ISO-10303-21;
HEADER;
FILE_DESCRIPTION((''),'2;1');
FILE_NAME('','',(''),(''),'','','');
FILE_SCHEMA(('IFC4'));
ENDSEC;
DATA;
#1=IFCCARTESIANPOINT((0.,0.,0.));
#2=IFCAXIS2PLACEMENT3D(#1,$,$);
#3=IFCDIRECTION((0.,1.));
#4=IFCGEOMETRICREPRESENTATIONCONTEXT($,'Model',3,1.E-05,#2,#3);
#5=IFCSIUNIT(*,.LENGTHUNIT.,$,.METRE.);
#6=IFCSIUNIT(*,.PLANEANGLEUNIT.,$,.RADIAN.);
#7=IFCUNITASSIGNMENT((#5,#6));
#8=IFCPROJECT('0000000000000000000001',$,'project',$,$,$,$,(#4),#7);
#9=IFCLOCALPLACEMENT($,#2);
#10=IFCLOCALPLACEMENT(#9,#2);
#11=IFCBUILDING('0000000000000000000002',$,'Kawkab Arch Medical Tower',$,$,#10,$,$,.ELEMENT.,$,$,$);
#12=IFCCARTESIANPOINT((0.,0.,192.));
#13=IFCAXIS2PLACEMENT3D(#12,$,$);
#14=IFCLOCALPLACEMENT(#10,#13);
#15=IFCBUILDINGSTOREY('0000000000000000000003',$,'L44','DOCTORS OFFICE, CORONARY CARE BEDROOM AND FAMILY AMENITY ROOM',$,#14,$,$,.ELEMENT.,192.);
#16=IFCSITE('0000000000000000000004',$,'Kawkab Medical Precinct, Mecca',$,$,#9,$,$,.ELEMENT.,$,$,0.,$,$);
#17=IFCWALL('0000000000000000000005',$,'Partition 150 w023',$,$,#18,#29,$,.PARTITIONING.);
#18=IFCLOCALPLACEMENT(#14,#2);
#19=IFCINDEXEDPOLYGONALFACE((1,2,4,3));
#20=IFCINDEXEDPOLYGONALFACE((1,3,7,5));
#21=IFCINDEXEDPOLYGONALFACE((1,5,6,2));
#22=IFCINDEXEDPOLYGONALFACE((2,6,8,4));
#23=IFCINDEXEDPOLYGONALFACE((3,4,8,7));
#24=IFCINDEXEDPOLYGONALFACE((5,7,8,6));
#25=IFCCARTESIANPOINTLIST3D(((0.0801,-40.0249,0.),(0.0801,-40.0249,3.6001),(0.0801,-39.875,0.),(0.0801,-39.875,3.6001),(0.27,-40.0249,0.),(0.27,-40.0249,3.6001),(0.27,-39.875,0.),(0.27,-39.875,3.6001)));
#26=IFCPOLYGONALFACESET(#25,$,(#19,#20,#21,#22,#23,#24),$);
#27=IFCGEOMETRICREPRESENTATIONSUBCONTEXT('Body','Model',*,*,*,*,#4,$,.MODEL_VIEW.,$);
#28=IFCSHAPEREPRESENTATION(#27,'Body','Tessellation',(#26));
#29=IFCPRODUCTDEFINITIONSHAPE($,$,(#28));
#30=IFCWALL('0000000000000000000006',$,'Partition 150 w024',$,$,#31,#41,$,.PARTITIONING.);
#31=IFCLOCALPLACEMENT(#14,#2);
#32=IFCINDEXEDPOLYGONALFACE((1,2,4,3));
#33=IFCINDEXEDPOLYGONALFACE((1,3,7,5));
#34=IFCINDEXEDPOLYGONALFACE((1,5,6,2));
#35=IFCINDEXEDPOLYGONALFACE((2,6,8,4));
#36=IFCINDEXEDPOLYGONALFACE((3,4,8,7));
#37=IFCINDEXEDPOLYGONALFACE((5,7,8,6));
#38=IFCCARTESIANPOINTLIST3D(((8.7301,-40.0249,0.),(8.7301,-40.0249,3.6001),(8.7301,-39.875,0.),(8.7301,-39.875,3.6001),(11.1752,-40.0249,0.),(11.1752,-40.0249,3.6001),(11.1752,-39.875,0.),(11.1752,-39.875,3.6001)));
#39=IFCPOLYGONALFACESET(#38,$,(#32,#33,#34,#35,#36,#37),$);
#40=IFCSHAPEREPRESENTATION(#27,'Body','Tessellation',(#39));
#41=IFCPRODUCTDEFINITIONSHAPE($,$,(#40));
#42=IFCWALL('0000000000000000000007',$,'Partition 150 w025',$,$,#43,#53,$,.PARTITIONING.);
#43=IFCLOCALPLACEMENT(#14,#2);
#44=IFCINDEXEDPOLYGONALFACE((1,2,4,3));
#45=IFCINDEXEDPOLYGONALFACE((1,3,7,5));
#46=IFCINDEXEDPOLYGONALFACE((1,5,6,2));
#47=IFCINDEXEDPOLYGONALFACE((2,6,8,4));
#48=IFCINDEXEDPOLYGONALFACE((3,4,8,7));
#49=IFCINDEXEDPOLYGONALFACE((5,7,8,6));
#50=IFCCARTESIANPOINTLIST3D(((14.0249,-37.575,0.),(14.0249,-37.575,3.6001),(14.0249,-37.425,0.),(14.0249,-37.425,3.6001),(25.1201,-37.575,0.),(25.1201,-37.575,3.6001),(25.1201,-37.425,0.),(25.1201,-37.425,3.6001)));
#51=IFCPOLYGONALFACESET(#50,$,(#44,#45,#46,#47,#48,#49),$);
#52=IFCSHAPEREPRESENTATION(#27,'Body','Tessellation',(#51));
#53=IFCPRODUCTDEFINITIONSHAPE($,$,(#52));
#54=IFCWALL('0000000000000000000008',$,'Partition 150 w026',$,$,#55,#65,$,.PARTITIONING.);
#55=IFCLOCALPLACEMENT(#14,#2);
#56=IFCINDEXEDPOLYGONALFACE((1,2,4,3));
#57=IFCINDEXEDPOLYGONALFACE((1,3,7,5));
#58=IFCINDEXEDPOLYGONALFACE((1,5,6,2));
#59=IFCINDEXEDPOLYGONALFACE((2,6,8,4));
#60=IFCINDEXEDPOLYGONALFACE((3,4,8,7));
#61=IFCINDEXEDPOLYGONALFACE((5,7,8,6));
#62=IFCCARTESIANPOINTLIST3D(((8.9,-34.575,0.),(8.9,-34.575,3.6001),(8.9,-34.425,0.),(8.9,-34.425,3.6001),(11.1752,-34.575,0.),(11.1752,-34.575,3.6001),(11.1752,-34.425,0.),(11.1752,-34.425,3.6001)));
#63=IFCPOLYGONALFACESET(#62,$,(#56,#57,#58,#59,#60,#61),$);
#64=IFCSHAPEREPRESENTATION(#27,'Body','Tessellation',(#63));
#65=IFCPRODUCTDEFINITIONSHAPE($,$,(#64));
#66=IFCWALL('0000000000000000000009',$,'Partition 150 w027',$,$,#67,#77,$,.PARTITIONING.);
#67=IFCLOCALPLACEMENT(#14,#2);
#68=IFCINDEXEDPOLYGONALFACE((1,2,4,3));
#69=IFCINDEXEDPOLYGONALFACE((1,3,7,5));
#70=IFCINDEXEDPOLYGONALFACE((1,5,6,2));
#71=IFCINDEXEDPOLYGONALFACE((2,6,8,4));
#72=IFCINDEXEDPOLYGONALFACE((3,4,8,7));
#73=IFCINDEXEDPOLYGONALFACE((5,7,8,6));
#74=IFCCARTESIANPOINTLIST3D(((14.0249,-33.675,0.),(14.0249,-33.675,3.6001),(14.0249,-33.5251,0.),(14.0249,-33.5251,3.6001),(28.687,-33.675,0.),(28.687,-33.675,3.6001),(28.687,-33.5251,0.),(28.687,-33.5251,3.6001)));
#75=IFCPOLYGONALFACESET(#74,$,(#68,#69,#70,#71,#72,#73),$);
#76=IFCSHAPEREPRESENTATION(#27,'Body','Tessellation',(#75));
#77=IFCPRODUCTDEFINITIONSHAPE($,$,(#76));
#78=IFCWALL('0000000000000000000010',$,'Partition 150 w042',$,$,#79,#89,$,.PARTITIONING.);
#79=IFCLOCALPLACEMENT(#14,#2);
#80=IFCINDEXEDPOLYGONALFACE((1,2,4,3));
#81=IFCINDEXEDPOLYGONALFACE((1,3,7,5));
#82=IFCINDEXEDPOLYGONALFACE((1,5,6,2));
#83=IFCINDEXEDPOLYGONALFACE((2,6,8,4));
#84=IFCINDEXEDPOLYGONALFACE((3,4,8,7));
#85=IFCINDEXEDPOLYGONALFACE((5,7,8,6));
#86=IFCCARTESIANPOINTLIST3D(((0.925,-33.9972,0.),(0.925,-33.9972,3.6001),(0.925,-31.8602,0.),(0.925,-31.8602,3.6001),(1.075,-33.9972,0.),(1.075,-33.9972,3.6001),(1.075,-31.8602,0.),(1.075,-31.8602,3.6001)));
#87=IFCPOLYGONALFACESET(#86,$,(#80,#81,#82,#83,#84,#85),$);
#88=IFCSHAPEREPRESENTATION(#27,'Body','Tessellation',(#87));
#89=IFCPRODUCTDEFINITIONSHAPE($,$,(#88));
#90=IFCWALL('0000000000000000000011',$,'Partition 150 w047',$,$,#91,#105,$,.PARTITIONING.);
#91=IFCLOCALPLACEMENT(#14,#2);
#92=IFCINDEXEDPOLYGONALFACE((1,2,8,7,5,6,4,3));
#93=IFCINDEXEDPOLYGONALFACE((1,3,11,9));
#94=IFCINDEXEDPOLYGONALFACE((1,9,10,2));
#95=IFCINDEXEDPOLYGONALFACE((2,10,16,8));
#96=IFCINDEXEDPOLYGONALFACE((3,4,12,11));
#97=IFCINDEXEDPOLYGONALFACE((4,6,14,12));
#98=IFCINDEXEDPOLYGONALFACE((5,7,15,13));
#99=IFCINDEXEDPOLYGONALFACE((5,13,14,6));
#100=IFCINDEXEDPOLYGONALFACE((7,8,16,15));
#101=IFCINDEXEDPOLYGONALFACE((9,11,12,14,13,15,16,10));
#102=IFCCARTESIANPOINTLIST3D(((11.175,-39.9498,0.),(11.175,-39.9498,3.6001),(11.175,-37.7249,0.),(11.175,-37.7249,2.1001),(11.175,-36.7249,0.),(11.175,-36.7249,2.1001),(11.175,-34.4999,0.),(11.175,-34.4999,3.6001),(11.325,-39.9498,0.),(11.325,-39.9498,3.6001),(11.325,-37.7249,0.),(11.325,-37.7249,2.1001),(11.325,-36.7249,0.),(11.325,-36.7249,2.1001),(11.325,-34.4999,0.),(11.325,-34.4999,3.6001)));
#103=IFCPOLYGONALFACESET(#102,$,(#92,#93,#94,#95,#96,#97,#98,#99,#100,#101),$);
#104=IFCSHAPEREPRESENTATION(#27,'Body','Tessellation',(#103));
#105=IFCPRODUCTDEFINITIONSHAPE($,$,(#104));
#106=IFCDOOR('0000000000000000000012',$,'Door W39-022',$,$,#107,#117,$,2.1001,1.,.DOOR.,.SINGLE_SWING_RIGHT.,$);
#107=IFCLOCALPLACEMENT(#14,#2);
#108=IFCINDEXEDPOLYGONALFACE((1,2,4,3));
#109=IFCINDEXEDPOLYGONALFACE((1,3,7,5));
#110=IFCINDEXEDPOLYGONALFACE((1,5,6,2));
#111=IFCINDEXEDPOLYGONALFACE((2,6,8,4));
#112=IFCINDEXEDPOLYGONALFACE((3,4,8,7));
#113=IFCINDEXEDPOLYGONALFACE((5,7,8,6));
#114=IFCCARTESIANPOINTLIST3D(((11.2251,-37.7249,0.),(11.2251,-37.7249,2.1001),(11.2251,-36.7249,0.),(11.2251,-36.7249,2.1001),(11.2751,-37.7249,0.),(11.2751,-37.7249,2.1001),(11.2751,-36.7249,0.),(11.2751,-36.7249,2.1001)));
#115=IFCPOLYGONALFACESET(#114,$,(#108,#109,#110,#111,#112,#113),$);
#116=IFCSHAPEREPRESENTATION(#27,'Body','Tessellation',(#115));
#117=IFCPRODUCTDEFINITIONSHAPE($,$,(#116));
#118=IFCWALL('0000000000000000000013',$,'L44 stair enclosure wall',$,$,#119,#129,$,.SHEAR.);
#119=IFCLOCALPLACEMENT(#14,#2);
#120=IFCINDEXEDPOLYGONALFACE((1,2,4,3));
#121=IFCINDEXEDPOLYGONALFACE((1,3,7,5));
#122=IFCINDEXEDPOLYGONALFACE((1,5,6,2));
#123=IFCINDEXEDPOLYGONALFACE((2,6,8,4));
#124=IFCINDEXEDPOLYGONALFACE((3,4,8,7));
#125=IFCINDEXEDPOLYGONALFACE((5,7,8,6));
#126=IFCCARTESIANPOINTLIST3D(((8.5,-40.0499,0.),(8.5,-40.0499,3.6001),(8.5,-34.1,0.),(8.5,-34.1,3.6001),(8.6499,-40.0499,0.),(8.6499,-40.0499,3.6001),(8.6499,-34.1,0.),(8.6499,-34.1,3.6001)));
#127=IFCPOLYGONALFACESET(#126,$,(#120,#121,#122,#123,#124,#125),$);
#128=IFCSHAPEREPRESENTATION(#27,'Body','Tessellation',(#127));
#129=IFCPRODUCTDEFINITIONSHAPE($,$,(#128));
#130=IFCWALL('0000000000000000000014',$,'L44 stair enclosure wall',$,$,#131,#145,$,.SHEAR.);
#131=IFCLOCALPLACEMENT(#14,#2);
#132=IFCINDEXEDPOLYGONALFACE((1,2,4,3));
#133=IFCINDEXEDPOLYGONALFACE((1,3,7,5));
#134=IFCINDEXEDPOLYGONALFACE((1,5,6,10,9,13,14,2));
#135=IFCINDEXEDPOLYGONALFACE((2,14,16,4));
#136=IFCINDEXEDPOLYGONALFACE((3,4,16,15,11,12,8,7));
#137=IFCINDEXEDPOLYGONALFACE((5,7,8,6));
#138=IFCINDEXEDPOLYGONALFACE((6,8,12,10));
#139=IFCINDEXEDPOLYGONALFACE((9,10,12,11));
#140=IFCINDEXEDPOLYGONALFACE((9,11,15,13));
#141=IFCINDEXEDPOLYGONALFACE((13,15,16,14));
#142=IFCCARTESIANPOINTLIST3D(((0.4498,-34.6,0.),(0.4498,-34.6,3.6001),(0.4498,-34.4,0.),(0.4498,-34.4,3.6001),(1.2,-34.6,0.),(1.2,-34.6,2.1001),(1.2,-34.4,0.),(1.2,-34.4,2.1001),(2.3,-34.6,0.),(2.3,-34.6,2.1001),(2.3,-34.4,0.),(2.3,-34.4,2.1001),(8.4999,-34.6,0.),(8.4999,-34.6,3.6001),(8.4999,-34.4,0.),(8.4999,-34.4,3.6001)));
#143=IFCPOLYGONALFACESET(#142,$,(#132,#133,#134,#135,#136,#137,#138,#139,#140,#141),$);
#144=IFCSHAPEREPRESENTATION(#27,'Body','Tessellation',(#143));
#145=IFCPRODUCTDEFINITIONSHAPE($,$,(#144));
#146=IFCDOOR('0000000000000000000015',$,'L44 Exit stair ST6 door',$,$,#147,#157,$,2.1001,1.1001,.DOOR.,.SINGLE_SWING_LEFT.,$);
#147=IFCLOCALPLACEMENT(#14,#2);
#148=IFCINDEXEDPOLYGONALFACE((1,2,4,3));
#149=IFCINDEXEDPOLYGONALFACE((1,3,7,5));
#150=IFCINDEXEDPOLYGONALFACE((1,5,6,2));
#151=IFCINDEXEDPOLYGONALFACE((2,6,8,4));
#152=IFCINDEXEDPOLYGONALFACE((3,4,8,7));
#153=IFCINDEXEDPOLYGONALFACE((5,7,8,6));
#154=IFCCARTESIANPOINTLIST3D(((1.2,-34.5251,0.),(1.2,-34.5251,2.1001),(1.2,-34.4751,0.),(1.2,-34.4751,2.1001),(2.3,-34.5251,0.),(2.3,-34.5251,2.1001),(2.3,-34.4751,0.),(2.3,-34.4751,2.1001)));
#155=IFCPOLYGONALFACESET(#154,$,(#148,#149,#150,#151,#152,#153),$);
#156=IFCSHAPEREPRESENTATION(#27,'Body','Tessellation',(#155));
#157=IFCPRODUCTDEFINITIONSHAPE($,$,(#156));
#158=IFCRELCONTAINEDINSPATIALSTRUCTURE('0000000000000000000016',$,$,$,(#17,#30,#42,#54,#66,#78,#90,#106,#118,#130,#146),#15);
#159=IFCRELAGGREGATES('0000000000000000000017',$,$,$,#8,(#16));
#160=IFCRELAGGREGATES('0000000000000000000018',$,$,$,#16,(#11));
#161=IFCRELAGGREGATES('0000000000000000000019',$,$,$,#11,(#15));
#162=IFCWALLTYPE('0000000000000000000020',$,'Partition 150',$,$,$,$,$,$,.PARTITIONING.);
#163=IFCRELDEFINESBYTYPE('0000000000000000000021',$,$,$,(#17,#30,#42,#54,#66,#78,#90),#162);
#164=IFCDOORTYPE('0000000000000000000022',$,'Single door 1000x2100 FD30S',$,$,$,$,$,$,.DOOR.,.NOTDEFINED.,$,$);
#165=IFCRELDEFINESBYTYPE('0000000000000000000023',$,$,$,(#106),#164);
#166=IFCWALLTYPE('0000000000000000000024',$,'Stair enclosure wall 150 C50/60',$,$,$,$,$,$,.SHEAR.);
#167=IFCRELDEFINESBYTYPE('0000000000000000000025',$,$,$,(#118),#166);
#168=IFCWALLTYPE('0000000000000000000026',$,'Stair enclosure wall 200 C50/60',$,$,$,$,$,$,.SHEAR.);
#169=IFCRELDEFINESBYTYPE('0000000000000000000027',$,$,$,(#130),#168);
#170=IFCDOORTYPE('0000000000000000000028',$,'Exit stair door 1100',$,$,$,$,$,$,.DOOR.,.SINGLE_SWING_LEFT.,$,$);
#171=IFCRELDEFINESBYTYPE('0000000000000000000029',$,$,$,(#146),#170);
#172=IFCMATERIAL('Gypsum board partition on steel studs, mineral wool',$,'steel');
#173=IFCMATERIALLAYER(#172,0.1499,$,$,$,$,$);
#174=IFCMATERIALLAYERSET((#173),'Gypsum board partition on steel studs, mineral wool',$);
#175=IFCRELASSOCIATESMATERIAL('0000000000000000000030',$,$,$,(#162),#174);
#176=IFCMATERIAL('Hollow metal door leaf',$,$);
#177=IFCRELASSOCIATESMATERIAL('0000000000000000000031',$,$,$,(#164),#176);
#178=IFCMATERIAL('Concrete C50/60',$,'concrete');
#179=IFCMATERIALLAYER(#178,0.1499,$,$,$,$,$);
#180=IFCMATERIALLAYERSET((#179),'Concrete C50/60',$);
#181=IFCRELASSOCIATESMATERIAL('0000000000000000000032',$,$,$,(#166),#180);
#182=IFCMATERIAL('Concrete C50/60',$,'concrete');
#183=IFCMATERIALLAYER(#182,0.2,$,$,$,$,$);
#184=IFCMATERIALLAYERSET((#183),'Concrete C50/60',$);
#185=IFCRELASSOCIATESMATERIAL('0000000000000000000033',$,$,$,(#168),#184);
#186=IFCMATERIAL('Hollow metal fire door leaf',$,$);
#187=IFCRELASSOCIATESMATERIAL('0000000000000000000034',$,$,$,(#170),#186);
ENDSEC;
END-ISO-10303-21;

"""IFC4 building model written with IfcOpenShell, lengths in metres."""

from ifc_helpers import new_model, si_unit, direction, frame, frame_2d, origin, place, context, subcontext, project, spatial, rectangle, extrude, material, layer, layer_set, type_object, element, fill, save


model = new_model("IFC4")

# Units and contexts
model_context = context("Model", 3, precision=1e-05, world=origin(), true_north=direction((0.0, 1.0)))
body_context = subcontext(model_context, "Body", "Model", "MODEL_VIEW")
ifc_project = project(units=[si_unit("LENGTHUNIT", "METRE"), si_unit("PLANEANGLEUNIT", "RADIAN")], contexts=[model_context])

# Site, building, storey
site_placement = place(None, origin())
site = spatial("IfcSite", under=ifc_project, at=site_placement, Name="Kawkab Medical Precinct, Mecca", CompositionType="ELEMENT", RefElevation=0.0)
building_placement = place(site_placement, origin())
building = spatial("IfcBuilding", under=site, at=building_placement, Name="Kawkab Arch Medical Tower", CompositionType="ELEMENT")
storey_placement = place(building_placement, frame((0.0, 0.0, 192.0)))
storey = spatial("IfcBuildingStorey", under=building, at=storey_placement, Name="L44", Description="DOCTORS OFFICE, CORONARY CARE BEDROOM AND FAMILY AMENITY ROOM", CompositionType="ELEMENT", Elevation=192.0)

# Walls
ifc_material_1 = material(Name="Gypsum board partition on steel studs, mineral wool", Category="steel")
ifc_layer_1 = layer(ifc_material_1, 0.1499)
ifc_layer_set_1 = layer_set([ifc_layer_1], Name="Gypsum board partition on steel studs, mineral wool")
wall_type_1 = type_object("IfcWallType", Name="Partition 150", PredefinedType="PARTITIONING", material=ifc_layer_set_1)
wall_1_placement = place(storey_placement, frame((0.0801, -39.95, 0.0), z_axis=(0.0, 0.0, 1.0), x_axis=(1.0, 0.0, 0.0)))
element("IfcWall", 1, at=wall_1_placement, inside=storey, type_object=wall_type_1, Name="Partition 150 w023", PredefinedType="PARTITIONING", context=body_context, shape_type="SweptSolid", body=[
    extrude(rectangle(XDim=0.1899, YDim=0.1499, at=frame_2d((0.095, 0.0))), origin(), (0.0, 0.0, 1.0), 3.6001),
])
wall_2_placement = place(storey_placement, frame((8.73, -39.95, 0.0), z_axis=(0.0, 0.0, 1.0), x_axis=(1.0, 0.0, 0.0)))
element("IfcWall", 2, at=wall_2_placement, inside=storey, type_object=wall_type_1, Name="Partition 150 w024", PredefinedType="PARTITIONING", context=body_context, shape_type="SweptSolid", body=[
    extrude(rectangle(XDim=2.4451, YDim=0.1499, at=frame_2d((1.2227, 0.0))), origin(), (0.0, 0.0, 1.0), 3.6001),
])
wall_3_placement = place(storey_placement, frame((14.0249, -37.5, 0.0), z_axis=(0.0, 0.0, 1.0), x_axis=(1.0, 0.0, 0.0)))
element("IfcWall", 3, at=wall_3_placement, inside=storey, type_object=wall_type_1, Name="Partition 150 w025", PredefinedType="PARTITIONING", context=body_context, shape_type="SweptSolid", body=[
    extrude(rectangle(XDim=11.0952, YDim=0.1499, at=frame_2d((5.5476, 0.0))), origin(), (0.0, 0.0, 1.0), 3.6001),
])
wall_4_placement = place(storey_placement, frame((8.8999, -34.5, 0.0), z_axis=(0.0, 0.0, 1.0), x_axis=(1.0, 0.0, 0.0)))
element("IfcWall", 4, at=wall_4_placement, inside=storey, type_object=wall_type_1, Name="Partition 150 w026", PredefinedType="PARTITIONING", context=body_context, shape_type="SweptSolid", body=[
    extrude(rectangle(XDim=2.2751, YDim=0.1499, at=frame_2d((1.1377, 0.0))), origin(), (0.0, 0.0, 1.0), 3.6001),
])
wall_5_placement = place(storey_placement, frame((14.0249, -33.6001, 0.0), z_axis=(0.0, 0.0, 1.0), x_axis=(1.0, 0.0, 0.0)))
element("IfcWall", 5, at=wall_5_placement, inside=storey, type_object=wall_type_1, Name="Partition 150 w027", PredefinedType="PARTITIONING", context=body_context, shape_type="SweptSolid", body=[
    extrude(rectangle(XDim=14.6621, YDim=0.1499, at=frame_2d((7.3311, 0.0))), origin(), (0.0, 0.0, 1.0), 3.6001),
])
wall_6_placement = place(storey_placement, frame((1.0, -33.9971, 0.0), z_axis=(0.0, 0.0, 1.0), x_axis=(0.0, 1.0, 0.0)))
element("IfcWall", 6, at=wall_6_placement, inside=storey, type_object=wall_type_1, Name="Partition 150 w042", PredefinedType="PARTITIONING", context=body_context, shape_type="SweptSolid", body=[
    extrude(rectangle(XDim=2.137, YDim=0.1499, at=frame_2d((1.0684, 0.0))), origin(), (0.0, 0.0, 1.0), 3.6001),
])

# Wall, opening, door
wall_7_placement = place(storey_placement, frame((11.25, -39.95, 0.0), z_axis=(0.0, 0.0, 1.0), x_axis=(0.0, 1.0, 0.0)))
wall_7 = element("IfcWall", 7, at=wall_7_placement, inside=storey, type_object=wall_type_1, Name="Partition 150 w047", PredefinedType="PARTITIONING", context=body_context, shape_type="SweptSolid", body=[
    extrude(rectangle(XDim=5.45, YDim=0.1499, at=frame_2d((2.7251, 0.0))), origin(), (0.0, 0.0, 1.0), 3.6001),
])
opening_1_placement = place(wall_7_placement, frame((2.2251, 0.0, 0.0)))
opening_1 = element("IfcOpeningElement", 8, at=opening_1_placement, cuts=wall_7, PredefinedType="OPENING", context=body_context, shape_type="SweptSolid", body=[
    extrude(rectangle(XDim=1.0, YDim=2.1001, at=frame_2d((0.5, 1.05))), frame((0.0, 0.085, 0.0), z_axis=(0.0, -1.0, 0.0), x_axis=(1.0, 0.0, 0.0)), (0.0, 0.0, 1.0), 0.1699),
])
ifc_material_2 = material(Name="Hollow metal door leaf")
door_type_1 = type_object("IfcDoorType", Name="Single door 1000x2100 FD30S", OperationType="NOTDEFINED", PredefinedType="DOOR", material=ifc_material_2)
door_1_placement = place(opening_1_placement, origin())
door_1 = element("IfcDoor", 9, at=door_1_placement, inside=storey, type_object=door_type_1, Name="Door W39-022", OperationType="SINGLE_SWING_RIGHT", OverallHeight=2.1001, OverallWidth=1.0, PredefinedType="DOOR", context=body_context, shape_type="SweptSolid", body=[
    extrude(rectangle(XDim=1.0, YDim=2.1001, at=frame_2d((0.5, 1.05))), frame((0.0, 0.0249, 0.0), z_axis=(0.0, -1.0, 0.0), x_axis=(1.0, 0.0, 0.0)), (0.0, 0.0, 1.0), 0.05),
])
fill(opening_1, door_1)

# Wall
ifc_material_3 = material(Name="Concrete C50/60", Category="concrete")
ifc_layer_2 = layer(ifc_material_3, 0.1499)
ifc_layer_set_2 = layer_set([ifc_layer_2], Name="Concrete C50/60")
wall_type_2 = type_object("IfcWallType", Name="Stair enclosure wall 150 C50/60", PredefinedType="SHEAR", material=ifc_layer_set_2)
wall_8_placement = place(storey_placement, frame((8.575, -40.05, 0.0), z_axis=(0.0, 0.0, 1.0), x_axis=(0.0, 1.0, 0.0)))
element("IfcWall", 10, at=wall_8_placement, inside=storey, type_object=wall_type_2, Name="L44 stair enclosure wall", PredefinedType="SHEAR", context=body_context, shape_type="SweptSolid", body=[
    extrude(rectangle(XDim=5.95, YDim=0.1499, at=frame_2d((2.9751, 0.0))), origin(), (0.0, 0.0, 1.0), 3.6001),
])

# Wall, opening, door
ifc_material_4 = material(Name="Concrete C50/60", Category="concrete")
ifc_layer_3 = layer(ifc_material_4, 0.2)
ifc_layer_set_3 = layer_set([ifc_layer_3], Name="Concrete C50/60")
wall_type_3 = type_object("IfcWallType", Name="Stair enclosure wall 200 C50/60", PredefinedType="SHEAR", material=ifc_layer_set_3)
wall_9_placement = place(storey_placement, frame((0.45, -34.5, 0.0), z_axis=(0.0, 0.0, 1.0), x_axis=(1.0, 0.0, 0.0)))
wall_9 = element("IfcWall", 11, at=wall_9_placement, inside=storey, type_object=wall_type_3, Name="L44 stair enclosure wall", PredefinedType="SHEAR", context=body_context, shape_type="SweptSolid", body=[
    extrude(rectangle(XDim=8.05, YDim=0.2, at=frame_2d((4.0249, 0.0))), origin(), (0.0, 0.0, 1.0), 3.6001),
])
opening_2_placement = place(wall_9_placement, frame((0.75, 0.0, 0.0)))
opening_2 = element("IfcOpeningElement", 12, at=opening_2_placement, cuts=wall_9, PredefinedType="OPENING", context=body_context, shape_type="SweptSolid", body=[
    extrude(rectangle(XDim=1.1001, YDim=2.1001, at=frame_2d((0.55, 1.05))), frame((0.0, 0.1099, 0.0), z_axis=(0.0, -1.0, 0.0), x_axis=(1.0, 0.0, 0.0)), (0.0, 0.0, 1.0), 0.22),
])
ifc_material_5 = material(Name="Hollow metal fire door leaf")
door_type_2 = type_object("IfcDoorType", Name="Exit stair door 1100", OperationType="SINGLE_SWING_LEFT", PredefinedType="DOOR", material=ifc_material_5)
door_2_placement = place(opening_2_placement, origin())
door_2 = element("IfcDoor", 13, at=door_2_placement, inside=storey, type_object=door_type_2, Name="L44 Exit stair ST6 door", OperationType="SINGLE_SWING_LEFT", OverallHeight=2.1001, OverallWidth=1.1001, PredefinedType="DOOR", context=body_context, shape_type="SweptSolid", body=[
    extrude(rectangle(XDim=1.1001, YDim=2.1001, at=frame_2d((0.55, 1.05))), frame((0.0, 0.0249, 0.0), z_axis=(0.0, -1.0, 0.0), x_axis=(1.0, 0.0, 0.0)), (0.0, 0.0, 1.0), 0.05),
])
fill(opening_2, door_2)

save(model, "model.ifc")
